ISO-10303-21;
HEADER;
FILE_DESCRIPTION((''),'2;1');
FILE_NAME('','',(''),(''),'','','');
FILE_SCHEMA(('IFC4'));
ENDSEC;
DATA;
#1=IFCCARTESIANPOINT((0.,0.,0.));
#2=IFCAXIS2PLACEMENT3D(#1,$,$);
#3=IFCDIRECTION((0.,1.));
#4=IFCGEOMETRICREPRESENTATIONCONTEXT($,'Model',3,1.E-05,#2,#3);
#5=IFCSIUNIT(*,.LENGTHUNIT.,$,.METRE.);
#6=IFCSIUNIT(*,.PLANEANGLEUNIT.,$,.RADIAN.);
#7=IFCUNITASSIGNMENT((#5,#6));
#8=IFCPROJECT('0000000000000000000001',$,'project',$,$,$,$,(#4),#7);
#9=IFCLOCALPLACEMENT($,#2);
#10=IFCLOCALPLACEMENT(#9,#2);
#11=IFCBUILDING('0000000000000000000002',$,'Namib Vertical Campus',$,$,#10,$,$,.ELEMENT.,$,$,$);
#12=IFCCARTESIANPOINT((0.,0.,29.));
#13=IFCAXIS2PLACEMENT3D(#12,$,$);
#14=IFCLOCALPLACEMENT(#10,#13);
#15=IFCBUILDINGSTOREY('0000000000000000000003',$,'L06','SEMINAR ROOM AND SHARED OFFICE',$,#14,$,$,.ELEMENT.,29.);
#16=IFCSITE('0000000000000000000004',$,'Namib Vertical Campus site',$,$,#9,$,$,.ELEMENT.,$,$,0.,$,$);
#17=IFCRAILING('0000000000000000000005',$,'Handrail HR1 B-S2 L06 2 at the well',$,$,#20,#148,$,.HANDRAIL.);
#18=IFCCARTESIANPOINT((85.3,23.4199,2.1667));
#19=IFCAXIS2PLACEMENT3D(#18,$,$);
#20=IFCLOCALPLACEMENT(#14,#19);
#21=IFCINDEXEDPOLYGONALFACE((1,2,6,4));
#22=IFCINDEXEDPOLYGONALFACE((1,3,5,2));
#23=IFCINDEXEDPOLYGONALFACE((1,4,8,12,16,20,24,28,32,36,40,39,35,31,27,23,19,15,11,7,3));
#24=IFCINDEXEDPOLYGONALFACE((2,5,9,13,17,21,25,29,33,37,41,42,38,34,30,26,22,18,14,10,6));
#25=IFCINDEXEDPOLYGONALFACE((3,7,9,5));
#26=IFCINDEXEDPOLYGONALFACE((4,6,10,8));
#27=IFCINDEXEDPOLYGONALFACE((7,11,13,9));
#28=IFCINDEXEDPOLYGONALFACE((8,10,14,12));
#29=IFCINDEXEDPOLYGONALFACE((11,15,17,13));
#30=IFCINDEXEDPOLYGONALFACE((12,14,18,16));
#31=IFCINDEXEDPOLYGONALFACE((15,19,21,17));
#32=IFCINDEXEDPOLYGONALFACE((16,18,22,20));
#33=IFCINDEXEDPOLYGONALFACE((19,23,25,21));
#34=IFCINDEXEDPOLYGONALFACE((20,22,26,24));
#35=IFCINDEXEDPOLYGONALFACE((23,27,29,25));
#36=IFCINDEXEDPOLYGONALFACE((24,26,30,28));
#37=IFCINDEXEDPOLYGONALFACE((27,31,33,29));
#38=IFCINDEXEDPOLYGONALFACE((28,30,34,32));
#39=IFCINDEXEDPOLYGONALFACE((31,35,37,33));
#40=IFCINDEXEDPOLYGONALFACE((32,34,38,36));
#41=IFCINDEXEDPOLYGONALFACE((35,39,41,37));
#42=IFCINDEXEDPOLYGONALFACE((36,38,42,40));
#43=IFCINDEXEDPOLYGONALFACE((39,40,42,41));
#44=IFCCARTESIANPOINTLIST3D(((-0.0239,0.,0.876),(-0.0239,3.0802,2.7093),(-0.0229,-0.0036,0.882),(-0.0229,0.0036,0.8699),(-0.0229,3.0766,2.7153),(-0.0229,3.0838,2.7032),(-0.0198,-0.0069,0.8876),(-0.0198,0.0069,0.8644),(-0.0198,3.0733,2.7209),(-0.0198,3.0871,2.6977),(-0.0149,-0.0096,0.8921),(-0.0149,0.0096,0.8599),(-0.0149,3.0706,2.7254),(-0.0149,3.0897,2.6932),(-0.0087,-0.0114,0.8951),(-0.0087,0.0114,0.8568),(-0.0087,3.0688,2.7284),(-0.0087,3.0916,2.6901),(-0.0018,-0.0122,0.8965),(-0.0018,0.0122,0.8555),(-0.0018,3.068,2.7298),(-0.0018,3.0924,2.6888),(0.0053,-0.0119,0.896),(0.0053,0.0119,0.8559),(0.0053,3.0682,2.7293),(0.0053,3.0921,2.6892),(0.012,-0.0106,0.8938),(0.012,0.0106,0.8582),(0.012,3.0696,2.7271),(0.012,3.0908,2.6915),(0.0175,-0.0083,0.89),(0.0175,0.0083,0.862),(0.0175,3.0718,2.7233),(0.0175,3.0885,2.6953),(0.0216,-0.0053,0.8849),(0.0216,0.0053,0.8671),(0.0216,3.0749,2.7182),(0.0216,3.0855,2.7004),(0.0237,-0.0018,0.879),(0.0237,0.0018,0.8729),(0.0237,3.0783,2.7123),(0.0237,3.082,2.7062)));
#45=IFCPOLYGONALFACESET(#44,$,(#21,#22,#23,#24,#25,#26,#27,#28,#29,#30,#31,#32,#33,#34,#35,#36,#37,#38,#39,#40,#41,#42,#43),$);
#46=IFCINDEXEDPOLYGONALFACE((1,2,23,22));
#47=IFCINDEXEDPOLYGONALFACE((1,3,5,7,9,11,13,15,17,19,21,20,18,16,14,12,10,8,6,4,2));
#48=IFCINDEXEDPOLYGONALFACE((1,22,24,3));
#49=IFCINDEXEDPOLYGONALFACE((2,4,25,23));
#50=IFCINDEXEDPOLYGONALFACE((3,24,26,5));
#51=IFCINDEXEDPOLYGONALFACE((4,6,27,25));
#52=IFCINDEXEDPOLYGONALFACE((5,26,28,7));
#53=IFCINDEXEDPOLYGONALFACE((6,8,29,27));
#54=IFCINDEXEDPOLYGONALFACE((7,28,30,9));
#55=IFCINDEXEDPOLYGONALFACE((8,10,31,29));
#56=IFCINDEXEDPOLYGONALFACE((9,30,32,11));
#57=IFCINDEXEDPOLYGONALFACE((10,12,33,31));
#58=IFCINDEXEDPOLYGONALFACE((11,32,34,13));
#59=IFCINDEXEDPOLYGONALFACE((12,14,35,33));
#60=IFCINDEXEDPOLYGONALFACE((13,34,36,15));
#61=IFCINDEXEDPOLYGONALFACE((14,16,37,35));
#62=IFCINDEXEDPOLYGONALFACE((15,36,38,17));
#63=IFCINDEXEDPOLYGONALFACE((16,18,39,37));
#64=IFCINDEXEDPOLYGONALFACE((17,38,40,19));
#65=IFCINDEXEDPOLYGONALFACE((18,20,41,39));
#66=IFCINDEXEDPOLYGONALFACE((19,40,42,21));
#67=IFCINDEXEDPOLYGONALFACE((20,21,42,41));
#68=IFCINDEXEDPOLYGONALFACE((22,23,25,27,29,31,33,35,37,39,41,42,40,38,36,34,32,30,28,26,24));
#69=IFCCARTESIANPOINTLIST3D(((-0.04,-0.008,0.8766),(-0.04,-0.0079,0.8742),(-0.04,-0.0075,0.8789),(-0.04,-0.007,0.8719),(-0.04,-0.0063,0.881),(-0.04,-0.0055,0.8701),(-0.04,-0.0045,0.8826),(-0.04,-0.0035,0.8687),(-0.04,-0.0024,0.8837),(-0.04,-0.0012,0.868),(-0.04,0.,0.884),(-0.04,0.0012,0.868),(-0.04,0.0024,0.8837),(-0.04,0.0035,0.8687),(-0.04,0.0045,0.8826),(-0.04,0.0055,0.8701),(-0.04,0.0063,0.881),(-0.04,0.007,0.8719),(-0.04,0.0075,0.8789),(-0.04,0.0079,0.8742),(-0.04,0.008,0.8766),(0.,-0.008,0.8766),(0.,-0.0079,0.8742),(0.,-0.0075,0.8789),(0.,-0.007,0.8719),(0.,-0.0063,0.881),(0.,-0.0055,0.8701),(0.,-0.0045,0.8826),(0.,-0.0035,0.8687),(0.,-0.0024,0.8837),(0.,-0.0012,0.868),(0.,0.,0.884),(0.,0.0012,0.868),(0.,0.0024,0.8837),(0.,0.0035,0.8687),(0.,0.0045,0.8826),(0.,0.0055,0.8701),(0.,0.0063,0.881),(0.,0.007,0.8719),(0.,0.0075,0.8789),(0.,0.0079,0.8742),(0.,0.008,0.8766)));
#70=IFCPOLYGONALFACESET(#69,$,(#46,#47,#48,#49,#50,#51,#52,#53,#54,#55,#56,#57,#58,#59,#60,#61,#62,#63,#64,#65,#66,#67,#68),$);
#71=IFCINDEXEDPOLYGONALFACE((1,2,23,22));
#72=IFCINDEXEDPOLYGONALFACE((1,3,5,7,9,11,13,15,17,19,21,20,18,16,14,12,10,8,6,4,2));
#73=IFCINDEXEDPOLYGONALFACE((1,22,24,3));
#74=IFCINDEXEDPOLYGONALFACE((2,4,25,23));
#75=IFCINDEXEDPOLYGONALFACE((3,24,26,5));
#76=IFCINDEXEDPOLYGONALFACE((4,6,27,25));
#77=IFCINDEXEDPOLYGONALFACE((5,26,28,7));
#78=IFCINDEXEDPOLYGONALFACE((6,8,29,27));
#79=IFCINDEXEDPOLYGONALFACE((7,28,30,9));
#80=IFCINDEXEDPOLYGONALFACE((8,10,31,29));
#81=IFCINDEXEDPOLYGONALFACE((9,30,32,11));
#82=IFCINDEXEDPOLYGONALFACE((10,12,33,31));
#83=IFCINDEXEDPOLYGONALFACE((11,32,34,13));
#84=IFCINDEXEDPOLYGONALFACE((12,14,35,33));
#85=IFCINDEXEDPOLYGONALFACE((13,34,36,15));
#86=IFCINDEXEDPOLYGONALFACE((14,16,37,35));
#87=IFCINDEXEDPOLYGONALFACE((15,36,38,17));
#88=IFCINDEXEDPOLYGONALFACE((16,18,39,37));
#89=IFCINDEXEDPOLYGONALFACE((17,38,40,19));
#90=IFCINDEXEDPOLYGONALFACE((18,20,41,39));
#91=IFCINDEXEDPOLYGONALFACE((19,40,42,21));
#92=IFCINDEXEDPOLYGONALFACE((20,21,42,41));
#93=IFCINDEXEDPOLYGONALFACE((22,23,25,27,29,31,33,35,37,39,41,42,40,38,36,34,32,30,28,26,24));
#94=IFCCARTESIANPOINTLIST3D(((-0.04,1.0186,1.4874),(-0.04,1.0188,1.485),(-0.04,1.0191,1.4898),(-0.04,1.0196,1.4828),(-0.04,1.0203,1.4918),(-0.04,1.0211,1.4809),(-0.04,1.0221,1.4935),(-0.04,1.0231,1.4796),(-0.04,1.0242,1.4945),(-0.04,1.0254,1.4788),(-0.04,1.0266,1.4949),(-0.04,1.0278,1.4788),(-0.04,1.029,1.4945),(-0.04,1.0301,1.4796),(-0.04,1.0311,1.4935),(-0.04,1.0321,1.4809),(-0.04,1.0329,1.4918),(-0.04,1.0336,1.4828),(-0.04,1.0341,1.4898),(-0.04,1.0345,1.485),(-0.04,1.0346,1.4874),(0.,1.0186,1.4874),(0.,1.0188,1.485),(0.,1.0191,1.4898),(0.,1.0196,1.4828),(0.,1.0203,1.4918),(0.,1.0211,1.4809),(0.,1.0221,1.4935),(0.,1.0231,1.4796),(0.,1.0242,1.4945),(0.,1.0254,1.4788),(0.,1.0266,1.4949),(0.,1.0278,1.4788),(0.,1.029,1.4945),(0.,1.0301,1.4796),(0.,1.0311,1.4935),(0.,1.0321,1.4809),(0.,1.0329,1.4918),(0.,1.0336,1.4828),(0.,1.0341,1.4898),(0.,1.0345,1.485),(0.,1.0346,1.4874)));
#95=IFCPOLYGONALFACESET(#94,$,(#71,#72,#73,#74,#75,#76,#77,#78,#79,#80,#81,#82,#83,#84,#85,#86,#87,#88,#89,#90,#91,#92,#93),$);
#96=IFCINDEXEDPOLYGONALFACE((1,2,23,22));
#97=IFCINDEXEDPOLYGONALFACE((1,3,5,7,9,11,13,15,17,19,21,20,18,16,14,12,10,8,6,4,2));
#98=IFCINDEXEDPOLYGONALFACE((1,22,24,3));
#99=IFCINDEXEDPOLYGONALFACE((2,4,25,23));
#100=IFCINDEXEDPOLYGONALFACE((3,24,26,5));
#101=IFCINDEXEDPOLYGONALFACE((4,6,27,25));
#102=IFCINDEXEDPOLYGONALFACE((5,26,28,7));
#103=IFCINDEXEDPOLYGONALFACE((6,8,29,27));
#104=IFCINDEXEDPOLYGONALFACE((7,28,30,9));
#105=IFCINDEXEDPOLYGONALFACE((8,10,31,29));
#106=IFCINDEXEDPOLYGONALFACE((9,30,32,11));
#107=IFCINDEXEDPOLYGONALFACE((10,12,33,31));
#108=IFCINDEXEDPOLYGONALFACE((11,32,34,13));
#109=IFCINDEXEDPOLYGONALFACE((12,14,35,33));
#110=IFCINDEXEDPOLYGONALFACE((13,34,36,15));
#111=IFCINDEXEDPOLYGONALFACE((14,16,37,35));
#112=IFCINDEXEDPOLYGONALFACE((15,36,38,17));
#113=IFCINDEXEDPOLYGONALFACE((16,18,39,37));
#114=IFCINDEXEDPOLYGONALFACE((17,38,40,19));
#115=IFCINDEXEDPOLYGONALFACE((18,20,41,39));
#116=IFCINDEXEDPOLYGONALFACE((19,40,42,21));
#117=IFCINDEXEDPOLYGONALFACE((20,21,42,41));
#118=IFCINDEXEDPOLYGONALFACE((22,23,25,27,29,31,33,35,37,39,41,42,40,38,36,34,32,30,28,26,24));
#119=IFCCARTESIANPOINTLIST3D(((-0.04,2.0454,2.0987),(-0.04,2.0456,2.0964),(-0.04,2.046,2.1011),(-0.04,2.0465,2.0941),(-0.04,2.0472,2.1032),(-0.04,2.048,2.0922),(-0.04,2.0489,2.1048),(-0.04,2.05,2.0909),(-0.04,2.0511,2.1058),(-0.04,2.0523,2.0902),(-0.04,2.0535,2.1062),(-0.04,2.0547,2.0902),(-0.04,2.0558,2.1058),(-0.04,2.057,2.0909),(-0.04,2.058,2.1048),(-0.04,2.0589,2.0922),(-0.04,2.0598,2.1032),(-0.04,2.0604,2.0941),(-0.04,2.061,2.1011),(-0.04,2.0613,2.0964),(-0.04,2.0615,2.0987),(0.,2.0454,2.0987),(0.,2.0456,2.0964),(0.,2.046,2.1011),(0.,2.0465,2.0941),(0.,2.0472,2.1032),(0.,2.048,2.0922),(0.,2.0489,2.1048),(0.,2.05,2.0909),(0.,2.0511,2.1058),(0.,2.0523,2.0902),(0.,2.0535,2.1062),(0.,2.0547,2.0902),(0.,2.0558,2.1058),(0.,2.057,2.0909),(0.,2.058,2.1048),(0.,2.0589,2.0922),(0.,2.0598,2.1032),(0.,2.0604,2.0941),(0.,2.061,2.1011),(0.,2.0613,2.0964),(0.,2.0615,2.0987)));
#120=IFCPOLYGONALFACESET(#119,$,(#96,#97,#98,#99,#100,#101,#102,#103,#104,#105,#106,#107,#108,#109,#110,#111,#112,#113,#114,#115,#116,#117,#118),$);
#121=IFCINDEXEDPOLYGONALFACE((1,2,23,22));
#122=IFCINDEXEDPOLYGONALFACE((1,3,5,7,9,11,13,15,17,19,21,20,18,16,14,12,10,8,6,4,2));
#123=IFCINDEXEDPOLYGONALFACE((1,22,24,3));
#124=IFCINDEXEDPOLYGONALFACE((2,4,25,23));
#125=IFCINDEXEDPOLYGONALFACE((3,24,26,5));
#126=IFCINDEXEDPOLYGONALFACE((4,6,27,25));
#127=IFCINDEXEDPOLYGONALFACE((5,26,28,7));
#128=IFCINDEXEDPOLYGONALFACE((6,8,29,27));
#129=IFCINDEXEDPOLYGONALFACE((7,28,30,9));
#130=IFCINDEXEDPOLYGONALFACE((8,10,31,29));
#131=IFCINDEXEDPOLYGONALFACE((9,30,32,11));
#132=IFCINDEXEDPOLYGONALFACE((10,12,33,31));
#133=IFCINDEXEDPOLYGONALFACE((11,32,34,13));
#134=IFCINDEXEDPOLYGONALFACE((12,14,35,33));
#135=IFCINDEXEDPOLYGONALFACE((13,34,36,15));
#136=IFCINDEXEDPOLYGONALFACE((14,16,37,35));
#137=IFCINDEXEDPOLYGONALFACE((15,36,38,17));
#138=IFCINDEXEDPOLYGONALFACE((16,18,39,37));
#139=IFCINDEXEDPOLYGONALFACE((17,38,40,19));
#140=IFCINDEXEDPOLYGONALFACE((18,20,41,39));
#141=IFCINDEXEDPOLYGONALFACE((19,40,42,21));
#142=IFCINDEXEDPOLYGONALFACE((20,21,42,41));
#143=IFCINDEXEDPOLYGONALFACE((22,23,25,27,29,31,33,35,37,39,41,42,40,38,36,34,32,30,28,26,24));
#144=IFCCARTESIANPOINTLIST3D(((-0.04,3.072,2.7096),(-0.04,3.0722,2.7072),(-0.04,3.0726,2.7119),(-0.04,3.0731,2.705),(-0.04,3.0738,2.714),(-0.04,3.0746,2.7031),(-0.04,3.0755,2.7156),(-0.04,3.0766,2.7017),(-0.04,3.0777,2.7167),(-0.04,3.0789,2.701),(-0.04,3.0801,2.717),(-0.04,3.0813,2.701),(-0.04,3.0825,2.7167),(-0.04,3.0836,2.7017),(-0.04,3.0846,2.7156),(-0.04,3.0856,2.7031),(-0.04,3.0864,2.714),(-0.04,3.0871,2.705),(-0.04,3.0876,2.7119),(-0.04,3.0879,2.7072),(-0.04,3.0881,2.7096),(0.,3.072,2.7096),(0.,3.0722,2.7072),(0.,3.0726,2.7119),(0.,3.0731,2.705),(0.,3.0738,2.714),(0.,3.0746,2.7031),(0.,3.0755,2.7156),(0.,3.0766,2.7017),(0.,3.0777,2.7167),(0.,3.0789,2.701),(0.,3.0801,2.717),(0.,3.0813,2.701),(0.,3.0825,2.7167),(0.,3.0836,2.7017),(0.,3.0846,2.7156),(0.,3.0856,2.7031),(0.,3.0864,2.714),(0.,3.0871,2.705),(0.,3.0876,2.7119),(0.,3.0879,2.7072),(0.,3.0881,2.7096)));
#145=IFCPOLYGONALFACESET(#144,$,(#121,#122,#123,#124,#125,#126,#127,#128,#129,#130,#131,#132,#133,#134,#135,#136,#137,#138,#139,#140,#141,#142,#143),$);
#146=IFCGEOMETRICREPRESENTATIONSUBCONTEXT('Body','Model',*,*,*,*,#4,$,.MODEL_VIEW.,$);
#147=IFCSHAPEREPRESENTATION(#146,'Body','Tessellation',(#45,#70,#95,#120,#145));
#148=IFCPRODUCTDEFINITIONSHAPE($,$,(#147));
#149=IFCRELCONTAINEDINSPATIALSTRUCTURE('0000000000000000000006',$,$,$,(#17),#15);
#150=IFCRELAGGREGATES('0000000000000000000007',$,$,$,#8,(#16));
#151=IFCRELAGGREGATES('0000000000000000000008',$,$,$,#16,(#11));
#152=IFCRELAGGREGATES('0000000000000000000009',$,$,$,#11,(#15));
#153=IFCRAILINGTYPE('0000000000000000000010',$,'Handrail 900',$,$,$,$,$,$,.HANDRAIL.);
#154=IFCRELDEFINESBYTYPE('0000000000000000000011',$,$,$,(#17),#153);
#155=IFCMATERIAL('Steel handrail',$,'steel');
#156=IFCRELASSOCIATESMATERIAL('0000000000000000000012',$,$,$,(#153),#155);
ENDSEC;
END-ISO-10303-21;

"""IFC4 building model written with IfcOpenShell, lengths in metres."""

from ifc_helpers import new_model, si_unit, direction, frame, origin, origin_2d, place, context, subcontext, project, spatial, circle, extrude, material, type_object, element, save


model = new_model("IFC4")

# Units and contexts
model_context = context("Model", 3, precision=1e-05, world=origin(), true_north=direction((0.0, 1.0)))
body_context = subcontext(model_context, "Body", "Model", "MODEL_VIEW")
ifc_project = project(units=[si_unit("LENGTHUNIT", "METRE"), si_unit("PLANEANGLEUNIT", "RADIAN")], contexts=[model_context])

# Site, building, storey
site_placement = place(None, origin())
site = spatial("IfcSite", under=ifc_project, at=site_placement, Name="Namib Vertical Campus site", CompositionType="ELEMENT", RefElevation=0.0)
building_placement = place(site_placement, origin())
building = spatial("IfcBuilding", under=site, at=building_placement, Name="Namib Vertical Campus", CompositionType="ELEMENT")
storey_placement = place(building_placement, frame((0.0, 0.0, 29.0)))
storey = spatial("IfcBuildingStorey", under=building, at=storey_placement, Name="L06", Description="SEMINAR ROOM AND SHARED OFFICE", CompositionType="ELEMENT", Elevation=29.0)

# Railing
ifc_material_1 = material(Name="Steel handrail", Category="steel")
railing_type_1 = type_object("IfcRailingType", Name="Handrail 900", PredefinedType="HANDRAIL", material=ifc_material_1)
railing_1_placement = place(storey_placement, frame((85.3, 23.4199, 2.1667)))
element("IfcRailing", 1, at=railing_1_placement, inside=storey, type_object=railing_type_1, Name="Handrail HR1 B-S2 L06 2 at the well", PredefinedType="HANDRAIL", context=body_context, shape_type="SweptSolid", body=[
    extrude(circle(Radius=0.0239, at=origin_2d()), frame((0.0, 0.0, 0.876), z_axis=(0.0, 0.859309, 0.511458), x_axis=(-1.0, 0.0, 0.0)), (0.0, 0.0, 1.0), 3.5845),
    extrude(circle(Radius=0.0081, at=origin_2d()), frame((0.0, 0.0, 0.876), z_axis=(-1.0, 0.0, 0.0), x_axis=(0.0, 0.0, 1.0)), (0.0, 0.0, 1.0), 0.04),
    extrude(circle(Radius=0.0081, at=origin_2d()), frame((0.0, 1.0266, 1.4868), z_axis=(-1.0, 0.0, 0.0), x_axis=(0.0, 0.0, 1.0)), (0.0, 0.0, 1.0), 0.04),
    extrude(circle(Radius=0.0081, at=origin_2d()), frame((0.0, 2.0535, 2.0981), z_axis=(-1.0, 0.0, 0.0), x_axis=(0.0, 0.0, 1.0)), (0.0, 0.0, 1.0), 0.04),
    extrude(circle(Radius=0.0081, at=origin_2d()), frame((0.0, 3.0801, 2.709), z_axis=(-1.0, 0.0, 0.0), x_axis=(0.0, 0.0, 1.0)), (0.0, 0.0, 1.0), 0.04),
])

save(model, "model.ifc")
